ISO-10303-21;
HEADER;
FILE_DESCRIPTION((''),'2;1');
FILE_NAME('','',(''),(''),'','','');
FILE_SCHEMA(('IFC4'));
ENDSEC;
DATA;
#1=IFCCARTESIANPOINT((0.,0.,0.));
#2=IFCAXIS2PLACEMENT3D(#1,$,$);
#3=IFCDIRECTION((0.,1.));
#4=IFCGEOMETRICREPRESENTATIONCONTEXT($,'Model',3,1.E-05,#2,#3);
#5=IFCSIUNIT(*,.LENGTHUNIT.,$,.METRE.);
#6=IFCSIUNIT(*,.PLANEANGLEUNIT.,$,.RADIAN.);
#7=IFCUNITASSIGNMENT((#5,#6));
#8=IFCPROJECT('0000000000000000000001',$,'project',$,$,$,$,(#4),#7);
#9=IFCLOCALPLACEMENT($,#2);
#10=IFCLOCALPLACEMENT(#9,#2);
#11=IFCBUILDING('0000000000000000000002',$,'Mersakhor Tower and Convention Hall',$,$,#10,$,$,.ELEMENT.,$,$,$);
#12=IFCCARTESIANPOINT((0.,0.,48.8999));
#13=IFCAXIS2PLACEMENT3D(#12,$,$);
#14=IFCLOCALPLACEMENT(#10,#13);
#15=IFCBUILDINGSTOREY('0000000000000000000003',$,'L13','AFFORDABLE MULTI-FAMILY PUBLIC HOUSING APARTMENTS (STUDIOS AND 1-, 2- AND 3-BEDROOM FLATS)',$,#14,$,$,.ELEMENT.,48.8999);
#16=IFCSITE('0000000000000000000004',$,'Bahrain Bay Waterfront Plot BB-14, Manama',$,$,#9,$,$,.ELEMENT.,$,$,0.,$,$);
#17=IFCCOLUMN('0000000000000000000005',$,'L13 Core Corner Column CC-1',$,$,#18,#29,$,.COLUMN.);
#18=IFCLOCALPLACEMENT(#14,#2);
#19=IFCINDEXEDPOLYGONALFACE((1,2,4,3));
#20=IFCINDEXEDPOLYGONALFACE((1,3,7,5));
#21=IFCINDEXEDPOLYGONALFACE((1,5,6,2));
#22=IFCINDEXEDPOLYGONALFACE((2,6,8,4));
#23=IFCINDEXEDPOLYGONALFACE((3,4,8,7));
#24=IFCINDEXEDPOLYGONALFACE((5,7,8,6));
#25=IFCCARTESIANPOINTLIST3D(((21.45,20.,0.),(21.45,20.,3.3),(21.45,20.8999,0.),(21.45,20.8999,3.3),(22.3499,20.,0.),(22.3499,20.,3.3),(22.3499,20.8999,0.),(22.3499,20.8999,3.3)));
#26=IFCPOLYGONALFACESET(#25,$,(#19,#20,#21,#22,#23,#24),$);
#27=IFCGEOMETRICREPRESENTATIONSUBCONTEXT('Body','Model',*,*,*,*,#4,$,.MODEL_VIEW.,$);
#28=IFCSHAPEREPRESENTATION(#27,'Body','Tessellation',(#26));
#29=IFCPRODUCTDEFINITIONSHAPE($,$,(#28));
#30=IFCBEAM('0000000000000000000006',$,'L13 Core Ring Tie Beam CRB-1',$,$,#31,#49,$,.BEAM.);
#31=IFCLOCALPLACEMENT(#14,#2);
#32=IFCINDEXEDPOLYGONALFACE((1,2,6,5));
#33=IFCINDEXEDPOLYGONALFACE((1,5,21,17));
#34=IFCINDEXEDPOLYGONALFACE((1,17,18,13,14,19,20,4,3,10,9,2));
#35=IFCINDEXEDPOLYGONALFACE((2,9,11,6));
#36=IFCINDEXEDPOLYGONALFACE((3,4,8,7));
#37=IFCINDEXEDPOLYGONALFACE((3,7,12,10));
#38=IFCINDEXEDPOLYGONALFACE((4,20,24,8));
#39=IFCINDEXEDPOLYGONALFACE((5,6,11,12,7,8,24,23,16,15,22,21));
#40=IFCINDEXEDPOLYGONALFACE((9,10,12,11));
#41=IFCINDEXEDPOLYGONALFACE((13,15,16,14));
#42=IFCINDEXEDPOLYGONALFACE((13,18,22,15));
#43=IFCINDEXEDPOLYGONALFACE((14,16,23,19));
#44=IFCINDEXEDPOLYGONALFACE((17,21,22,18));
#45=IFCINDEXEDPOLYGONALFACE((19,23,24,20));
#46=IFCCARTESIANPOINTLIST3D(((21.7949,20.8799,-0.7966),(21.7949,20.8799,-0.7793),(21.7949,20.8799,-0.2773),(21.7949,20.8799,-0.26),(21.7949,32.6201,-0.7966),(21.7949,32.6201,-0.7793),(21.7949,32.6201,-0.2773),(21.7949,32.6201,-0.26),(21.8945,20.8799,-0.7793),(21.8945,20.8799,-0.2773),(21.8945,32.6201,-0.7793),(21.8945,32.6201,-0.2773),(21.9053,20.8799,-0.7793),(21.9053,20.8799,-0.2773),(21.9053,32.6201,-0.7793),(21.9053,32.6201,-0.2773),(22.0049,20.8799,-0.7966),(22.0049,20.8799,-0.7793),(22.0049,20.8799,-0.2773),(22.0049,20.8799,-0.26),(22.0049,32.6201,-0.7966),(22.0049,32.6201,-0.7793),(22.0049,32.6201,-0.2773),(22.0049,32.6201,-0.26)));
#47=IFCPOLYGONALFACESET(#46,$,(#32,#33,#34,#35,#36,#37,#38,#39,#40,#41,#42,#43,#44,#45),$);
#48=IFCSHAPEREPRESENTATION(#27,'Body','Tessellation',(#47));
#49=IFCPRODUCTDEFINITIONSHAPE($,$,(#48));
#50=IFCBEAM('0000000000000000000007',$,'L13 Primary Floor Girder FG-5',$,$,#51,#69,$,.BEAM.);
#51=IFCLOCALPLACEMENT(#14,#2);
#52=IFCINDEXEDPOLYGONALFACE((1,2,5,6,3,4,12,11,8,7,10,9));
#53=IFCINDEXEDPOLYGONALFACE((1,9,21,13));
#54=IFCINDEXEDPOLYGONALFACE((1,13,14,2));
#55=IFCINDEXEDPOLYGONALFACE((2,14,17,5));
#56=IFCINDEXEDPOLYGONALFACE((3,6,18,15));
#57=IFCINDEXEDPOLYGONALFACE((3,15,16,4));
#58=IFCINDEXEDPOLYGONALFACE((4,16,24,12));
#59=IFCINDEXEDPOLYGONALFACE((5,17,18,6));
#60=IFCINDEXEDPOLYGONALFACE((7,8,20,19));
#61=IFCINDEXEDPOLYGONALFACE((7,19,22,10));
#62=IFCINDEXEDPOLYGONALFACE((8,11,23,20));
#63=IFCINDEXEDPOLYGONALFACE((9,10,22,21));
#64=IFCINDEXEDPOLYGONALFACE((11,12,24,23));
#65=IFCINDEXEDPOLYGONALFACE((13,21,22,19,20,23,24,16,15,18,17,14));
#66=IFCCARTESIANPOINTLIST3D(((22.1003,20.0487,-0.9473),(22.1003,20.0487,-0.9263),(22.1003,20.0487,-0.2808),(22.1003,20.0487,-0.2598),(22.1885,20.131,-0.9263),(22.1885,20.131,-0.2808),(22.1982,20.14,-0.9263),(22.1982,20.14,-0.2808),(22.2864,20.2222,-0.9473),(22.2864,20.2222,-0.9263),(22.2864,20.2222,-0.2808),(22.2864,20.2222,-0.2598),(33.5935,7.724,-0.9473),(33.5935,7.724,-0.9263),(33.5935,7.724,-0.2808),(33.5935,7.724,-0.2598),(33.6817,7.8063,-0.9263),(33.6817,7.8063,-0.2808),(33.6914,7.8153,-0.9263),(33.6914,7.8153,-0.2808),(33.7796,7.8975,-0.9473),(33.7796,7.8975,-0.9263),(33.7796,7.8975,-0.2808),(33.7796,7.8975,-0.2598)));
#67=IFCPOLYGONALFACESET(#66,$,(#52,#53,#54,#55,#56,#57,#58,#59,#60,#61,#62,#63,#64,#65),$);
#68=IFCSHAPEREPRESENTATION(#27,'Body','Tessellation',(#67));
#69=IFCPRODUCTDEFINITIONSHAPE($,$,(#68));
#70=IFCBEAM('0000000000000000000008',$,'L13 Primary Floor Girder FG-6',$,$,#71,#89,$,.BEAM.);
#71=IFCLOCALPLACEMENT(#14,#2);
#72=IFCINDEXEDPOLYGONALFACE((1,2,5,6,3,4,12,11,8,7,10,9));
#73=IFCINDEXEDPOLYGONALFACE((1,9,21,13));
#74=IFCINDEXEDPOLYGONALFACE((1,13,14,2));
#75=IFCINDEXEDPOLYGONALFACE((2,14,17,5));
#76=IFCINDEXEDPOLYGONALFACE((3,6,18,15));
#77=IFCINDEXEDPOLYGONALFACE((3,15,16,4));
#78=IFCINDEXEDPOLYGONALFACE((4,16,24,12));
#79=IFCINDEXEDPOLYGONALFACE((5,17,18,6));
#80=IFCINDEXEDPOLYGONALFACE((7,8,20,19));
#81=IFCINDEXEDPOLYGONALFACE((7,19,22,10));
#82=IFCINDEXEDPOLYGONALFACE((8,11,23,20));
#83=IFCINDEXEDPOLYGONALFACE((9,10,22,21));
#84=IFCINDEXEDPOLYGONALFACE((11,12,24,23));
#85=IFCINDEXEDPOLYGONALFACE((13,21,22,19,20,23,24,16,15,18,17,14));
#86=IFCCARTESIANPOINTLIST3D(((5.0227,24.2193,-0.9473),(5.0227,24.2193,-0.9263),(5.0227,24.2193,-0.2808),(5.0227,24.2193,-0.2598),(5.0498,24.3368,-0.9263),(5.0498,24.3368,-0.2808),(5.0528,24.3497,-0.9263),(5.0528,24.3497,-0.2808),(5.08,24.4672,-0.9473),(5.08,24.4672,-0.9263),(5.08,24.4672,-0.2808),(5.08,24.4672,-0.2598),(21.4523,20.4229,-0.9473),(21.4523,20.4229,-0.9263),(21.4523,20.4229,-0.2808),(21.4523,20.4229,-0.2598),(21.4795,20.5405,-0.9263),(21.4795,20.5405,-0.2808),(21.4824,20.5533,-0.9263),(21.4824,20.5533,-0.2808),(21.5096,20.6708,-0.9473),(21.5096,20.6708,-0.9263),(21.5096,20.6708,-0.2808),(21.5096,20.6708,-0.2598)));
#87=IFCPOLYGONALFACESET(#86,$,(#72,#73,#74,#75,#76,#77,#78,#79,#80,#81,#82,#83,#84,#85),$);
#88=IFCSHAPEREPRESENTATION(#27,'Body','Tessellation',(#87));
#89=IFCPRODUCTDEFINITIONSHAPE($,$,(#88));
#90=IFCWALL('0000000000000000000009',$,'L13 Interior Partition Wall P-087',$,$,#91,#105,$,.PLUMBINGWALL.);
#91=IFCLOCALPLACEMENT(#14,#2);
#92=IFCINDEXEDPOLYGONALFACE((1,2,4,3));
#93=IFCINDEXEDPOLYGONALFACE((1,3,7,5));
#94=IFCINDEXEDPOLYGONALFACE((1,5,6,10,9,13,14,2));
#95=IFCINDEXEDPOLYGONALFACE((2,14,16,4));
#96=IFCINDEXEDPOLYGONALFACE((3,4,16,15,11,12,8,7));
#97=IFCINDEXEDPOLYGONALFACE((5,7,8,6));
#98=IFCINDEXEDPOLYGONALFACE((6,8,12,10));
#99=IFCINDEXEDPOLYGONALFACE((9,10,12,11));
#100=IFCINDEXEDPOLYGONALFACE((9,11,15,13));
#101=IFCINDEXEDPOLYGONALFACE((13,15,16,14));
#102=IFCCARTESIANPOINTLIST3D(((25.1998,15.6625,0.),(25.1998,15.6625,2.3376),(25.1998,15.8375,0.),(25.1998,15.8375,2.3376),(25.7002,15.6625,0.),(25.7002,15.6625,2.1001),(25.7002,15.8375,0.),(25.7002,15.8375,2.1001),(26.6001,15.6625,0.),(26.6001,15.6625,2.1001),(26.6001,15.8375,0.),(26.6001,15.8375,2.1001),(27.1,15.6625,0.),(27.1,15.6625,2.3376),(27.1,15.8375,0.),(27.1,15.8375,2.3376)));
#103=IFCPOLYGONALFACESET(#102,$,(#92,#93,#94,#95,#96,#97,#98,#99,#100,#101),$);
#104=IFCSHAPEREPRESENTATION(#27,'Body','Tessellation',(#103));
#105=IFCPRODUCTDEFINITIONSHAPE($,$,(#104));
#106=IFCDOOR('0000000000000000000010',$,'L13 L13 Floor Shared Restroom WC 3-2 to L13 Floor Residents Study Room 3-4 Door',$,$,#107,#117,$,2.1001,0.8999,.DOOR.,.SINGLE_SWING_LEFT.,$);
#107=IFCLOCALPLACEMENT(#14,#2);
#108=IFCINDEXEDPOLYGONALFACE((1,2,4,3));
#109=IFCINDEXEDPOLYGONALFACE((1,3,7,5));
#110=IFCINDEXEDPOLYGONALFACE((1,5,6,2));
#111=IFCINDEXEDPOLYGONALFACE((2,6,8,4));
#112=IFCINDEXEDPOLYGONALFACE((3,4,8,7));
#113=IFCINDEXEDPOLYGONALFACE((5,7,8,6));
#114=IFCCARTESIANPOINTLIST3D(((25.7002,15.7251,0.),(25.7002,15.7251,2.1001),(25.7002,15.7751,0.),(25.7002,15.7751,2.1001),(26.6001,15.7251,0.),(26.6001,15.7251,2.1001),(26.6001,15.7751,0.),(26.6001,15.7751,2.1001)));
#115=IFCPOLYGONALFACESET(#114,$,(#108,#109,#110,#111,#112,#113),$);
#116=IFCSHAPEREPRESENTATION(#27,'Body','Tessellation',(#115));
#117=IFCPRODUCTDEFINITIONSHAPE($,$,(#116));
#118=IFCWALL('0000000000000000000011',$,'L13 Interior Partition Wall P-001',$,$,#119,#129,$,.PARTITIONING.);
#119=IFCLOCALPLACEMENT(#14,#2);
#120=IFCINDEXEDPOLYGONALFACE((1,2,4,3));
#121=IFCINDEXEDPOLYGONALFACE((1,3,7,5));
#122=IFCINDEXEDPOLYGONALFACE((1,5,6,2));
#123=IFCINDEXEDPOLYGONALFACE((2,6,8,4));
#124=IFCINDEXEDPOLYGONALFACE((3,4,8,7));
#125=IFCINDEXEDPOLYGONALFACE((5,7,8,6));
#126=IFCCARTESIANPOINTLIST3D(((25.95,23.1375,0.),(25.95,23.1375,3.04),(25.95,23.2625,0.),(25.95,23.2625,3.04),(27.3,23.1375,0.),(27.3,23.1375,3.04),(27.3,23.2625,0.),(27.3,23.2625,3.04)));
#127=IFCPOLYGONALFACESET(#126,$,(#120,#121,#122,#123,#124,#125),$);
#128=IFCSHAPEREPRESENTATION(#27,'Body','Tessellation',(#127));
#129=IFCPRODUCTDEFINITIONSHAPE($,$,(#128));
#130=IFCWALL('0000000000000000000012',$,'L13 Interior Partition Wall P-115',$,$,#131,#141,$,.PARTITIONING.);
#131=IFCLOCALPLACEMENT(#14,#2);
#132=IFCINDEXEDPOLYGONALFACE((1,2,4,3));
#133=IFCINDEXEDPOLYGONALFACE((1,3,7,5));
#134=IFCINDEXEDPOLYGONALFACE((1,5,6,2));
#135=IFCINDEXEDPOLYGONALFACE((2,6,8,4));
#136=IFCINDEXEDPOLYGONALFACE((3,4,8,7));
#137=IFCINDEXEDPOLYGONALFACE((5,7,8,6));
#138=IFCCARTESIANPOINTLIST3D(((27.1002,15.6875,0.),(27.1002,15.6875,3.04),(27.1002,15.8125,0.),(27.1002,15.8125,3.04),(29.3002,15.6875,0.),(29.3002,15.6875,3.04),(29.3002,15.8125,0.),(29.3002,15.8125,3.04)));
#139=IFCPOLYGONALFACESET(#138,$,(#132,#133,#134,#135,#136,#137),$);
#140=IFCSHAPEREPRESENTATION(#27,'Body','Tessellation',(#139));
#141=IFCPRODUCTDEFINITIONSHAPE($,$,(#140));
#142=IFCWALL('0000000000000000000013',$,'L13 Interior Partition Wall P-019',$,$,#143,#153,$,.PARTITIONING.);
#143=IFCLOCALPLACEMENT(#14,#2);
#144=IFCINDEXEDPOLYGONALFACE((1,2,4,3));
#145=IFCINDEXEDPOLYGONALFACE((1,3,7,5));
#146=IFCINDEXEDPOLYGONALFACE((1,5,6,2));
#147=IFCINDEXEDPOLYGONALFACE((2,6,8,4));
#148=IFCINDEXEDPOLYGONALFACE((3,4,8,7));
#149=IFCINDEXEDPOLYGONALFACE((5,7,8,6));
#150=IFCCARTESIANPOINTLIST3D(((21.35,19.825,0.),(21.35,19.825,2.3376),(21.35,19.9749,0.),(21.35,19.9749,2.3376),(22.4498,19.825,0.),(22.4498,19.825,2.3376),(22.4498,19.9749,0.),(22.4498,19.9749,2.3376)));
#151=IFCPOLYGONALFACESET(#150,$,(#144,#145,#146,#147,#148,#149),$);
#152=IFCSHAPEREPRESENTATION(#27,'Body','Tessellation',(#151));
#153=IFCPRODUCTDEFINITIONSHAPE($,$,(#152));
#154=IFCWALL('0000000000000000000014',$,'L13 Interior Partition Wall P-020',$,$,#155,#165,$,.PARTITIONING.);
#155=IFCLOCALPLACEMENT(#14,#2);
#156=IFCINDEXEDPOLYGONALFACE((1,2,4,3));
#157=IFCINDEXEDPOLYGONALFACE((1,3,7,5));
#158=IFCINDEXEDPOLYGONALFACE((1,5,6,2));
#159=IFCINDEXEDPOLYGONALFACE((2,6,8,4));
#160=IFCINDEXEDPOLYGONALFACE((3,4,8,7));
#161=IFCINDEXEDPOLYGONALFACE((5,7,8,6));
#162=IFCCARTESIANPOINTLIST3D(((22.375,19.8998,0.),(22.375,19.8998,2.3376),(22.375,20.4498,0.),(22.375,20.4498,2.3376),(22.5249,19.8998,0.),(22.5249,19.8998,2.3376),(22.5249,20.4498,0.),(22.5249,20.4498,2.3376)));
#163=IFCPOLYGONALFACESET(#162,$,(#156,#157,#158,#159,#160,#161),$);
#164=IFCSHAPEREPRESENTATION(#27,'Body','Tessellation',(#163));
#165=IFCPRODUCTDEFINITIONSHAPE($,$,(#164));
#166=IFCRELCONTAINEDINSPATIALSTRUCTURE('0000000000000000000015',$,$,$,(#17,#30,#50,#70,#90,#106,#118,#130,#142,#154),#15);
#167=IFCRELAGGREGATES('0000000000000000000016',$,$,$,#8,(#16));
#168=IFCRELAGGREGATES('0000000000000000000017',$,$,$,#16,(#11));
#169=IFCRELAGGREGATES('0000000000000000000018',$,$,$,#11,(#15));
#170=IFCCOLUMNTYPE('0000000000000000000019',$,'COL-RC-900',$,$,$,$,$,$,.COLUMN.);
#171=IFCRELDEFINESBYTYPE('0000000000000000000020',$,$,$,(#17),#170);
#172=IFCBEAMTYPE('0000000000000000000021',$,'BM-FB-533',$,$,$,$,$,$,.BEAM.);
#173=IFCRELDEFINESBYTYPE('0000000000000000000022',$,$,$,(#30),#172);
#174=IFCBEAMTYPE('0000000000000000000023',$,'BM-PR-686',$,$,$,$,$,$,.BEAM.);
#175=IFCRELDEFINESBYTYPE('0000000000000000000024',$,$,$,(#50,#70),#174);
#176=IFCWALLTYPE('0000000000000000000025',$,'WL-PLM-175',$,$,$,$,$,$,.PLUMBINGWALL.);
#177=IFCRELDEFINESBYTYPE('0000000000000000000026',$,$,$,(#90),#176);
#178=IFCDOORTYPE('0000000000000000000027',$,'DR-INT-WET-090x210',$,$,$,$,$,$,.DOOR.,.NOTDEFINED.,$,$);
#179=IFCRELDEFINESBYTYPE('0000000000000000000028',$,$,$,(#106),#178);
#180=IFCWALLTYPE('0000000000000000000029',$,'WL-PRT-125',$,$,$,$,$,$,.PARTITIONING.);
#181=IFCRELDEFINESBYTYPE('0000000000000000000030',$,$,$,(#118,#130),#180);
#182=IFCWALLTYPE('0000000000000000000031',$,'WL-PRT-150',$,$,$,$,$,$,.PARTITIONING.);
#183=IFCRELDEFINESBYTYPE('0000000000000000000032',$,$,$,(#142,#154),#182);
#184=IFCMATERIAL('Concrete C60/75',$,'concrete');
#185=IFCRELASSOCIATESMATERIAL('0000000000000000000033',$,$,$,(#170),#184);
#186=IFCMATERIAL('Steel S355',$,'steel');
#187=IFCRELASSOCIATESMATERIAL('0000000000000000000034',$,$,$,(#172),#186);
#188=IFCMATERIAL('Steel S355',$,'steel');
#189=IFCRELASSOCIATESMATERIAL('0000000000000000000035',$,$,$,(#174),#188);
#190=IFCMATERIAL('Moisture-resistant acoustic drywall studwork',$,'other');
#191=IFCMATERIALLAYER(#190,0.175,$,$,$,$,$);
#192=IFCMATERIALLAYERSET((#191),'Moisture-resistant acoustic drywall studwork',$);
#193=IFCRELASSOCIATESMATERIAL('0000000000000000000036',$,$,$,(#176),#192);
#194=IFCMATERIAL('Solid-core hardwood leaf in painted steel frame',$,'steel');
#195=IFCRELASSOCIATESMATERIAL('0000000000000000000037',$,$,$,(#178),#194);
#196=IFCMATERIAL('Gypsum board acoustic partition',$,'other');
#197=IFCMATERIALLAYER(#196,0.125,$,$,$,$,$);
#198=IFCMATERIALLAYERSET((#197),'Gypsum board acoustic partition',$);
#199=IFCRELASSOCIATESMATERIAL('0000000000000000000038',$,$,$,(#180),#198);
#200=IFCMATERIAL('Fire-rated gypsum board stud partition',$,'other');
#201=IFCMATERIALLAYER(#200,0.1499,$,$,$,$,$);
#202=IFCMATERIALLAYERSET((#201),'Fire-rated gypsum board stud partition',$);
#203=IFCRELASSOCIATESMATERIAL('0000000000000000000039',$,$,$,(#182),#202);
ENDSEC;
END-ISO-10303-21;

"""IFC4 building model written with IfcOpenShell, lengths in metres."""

from ifc_helpers import new_model, si_unit, direction, frame, frame_2d, origin, origin_2d, place, context, subcontext, project, spatial, rectangle, i_section, extrude, material, layer, layer_set, material_profile, profile_set, type_object, element, fill, save


model = new_model("IFC4")

# Units and contexts
model_context = context("Model", 3, precision=1e-05, world=origin(), true_north=direction((0.0, 1.0)))
body_context = subcontext(model_context, "Body", "Model", "MODEL_VIEW")
ifc_project = project(units=[si_unit("LENGTHUNIT", "METRE"), si_unit("PLANEANGLEUNIT", "RADIAN")], contexts=[model_context])

# Site, building, storey
site_placement = place(None, origin())
site = spatial("IfcSite", under=ifc_project, at=site_placement, Name="Bahrain Bay Waterfront Plot BB-14, Manama", CompositionType="ELEMENT", RefElevation=0.0)
building_placement = place(site_placement, origin())
building = spatial("IfcBuilding", under=site, at=building_placement, Name="Mersakhor Tower and Convention Hall", CompositionType="ELEMENT")
storey_placement = place(building_placement, frame((0.0, 0.0, 48.8999)))
storey = spatial("IfcBuildingStorey", under=building, at=storey_placement, Name="L13", Description="AFFORDABLE MULTI-FAMILY PUBLIC HOUSING APARTMENTS (STUDIOS AND 1-, 2- AND 3-BEDROOM FLATS)", CompositionType="ELEMENT", Elevation=48.8999)

# Column
ifc_material_1 = material(Name="Concrete C60/75", Category="concrete")
ifc_material_profile_1 = material_profile(ifc_material_1, rectangle(XDim=0.8999, YDim=0.8999, at=origin_2d()), Name="RC 900x900")
ifc_profile_set_1 = profile_set([ifc_material_profile_1], Name="Concrete C60/75")
column_type = type_object("IfcColumnType", Name="COL-RC-900", PredefinedType="COLUMN", material=ifc_profile_set_1)
column_placement = place(storey_placement, frame((21.8999, 20.45, 0.0), z_axis=(0.0, 0.0, 1.0), x_axis=(1.0, 0.0, 0.0)))
element("IfcColumn", 1, at=column_placement, inside=storey, type_object=column_type, Name="L13 Core Corner Column CC-1", PredefinedType="COLUMN", context=body_context, shape_type="SweptSolid", body=[
    extrude(rectangle(XDim=0.8999, YDim=0.8999, at=origin_2d()), origin(), (0.0, 0.0, 1.0), 3.3),
])

# Beams
ifc_material_2 = material(Name="Steel S355", Category="steel")
ifc_material_profile_2 = material_profile(ifc_material_2, i_section(OverallWidth=0.21, OverallDepth=0.5366, WebThickness=0.0107, FlangeThickness=0.0173, at=origin_2d()), Name="UB 533x210x101")
ifc_profile_set_2 = profile_set([ifc_material_profile_2], Name="Steel S355")
beam_type_1 = type_object("IfcBeamType", Name="BM-FB-533", PredefinedType="BEAM", material=ifc_profile_set_2)
beam_1_placement = place(storey_placement, frame((21.8999, 20.8799, -0.5283), z_axis=(0.0, 1.0, 0.0), x_axis=(-1.0, 0.0, 0.0)))
element("IfcBeam", 2, at=beam_1_placement, inside=storey, type_object=beam_type_1, Name="L13 Core Ring Tie Beam CRB-1", PredefinedType="BEAM", context=body_context, shape_type="SweptSolid", body=[
    extrude(i_section(OverallWidth=0.21, OverallDepth=0.5366, WebThickness=0.0107, FlangeThickness=0.0173, at=origin_2d()), origin(), (0.0, 0.0, 1.0), 11.7402),
])
ifc_material_3 = material(Name="Steel S355", Category="steel")
ifc_material_profile_3 = material_profile(ifc_material_3, i_section(OverallWidth=0.2544, OverallDepth=0.6875, WebThickness=0.0132, FlangeThickness=0.021, at=origin_2d()), Name="UB 686x254x152")
ifc_profile_set_3 = profile_set([ifc_material_profile_3], Name="Steel S355")
beam_type_2 = type_object("IfcBeamType", Name="BM-PR-686", PredefinedType="BEAM", material=ifc_profile_set_3)
beam_2_placement = place(storey_placement, frame((22.1934, 20.1355, -0.6035), z_axis=(0.682004, -0.731348, 0.0), x_axis=(0.731348, 0.682004, 0.0)))
element("IfcBeam", 3, at=beam_2_placement, inside=storey, type_object=beam_type_2, Name="L13 Primary Floor Girder FG-5", PredefinedType="BEAM", context=body_context, shape_type="SweptSolid", body=[
    extrude(i_section(OverallWidth=0.2544, OverallDepth=0.6875, WebThickness=0.0132, FlangeThickness=0.021, at=origin_2d()), origin(), (0.0, 0.0, 1.0), 16.8521),
])
beam_3_placement = place(storey_placement, frame((21.481, 20.5469, -0.6035), z_axis=(-0.974327, 0.225137, 0.0), x_axis=(-0.225137, -0.974327, 0.0)))
element("IfcBeam", 4, at=beam_3_placement, inside=storey, type_object=beam_type_2, Name="L13 Primary Floor Girder FG-6", PredefinedType="BEAM", context=body_context, shape_type="SweptSolid", body=[
    extrude(i_section(OverallWidth=0.2544, OverallDepth=0.6875, WebThickness=0.0132, FlangeThickness=0.021, at=origin_2d()), origin(), (0.0, 0.0, 1.0), 16.8625),
])

# Wall, opening, door
ifc_material_4 = material(Name="Moisture-resistant acoustic drywall studwork", Category="other")
ifc_layer_1 = layer(ifc_material_4, 0.175)
ifc_layer_set_1 = layer_set([ifc_layer_1], Name="Moisture-resistant acoustic drywall studwork")
wall_type_1 = type_object("IfcWallType", Name="WL-PLM-175", PredefinedType="PLUMBINGWALL", material=ifc_layer_set_1)
wall_1_placement = place(storey_placement, frame((27.1001, 15.75, 0.0), z_axis=(0.0, 0.0, 1.0), x_axis=(-1.0, 0.0, 0.0)))
wall_1 = element("IfcWall", 5, at=wall_1_placement, inside=storey, type_object=wall_type_1, Name="L13 Interior Partition Wall P-087", PredefinedType="PLUMBINGWALL", context=body_context, shape_type="SweptSolid", body=[
    extrude(rectangle(XDim=1.9001, YDim=0.175, at=frame_2d((0.9502, 0.0))), origin(), (0.0, 0.0, 1.0), 2.3376),
])
opening_1_placement = place(wall_1_placement, frame((0.5, 0.0, 0.0)))
opening_1 = element("IfcOpeningElement", 6, at=opening_1_placement, cuts=wall_1, PredefinedType="OPENING", context=body_context, shape_type="SweptSolid", body=[
    extrude(rectangle(XDim=0.8999, YDim=2.1001, at=frame_2d((0.45, 1.05))), frame((0.0, 0.0974, 0.0), z_axis=(0.0, -1.0, 0.0), x_axis=(1.0, 0.0, 0.0)), (0.0, 0.0, 1.0), 0.1951),
])
ifc_material_5 = material(Name="Solid-core hardwood leaf in painted steel frame", Category="steel")
door_type_1 = type_object("IfcDoorType", Name="DR-INT-WET-090x210", OperationType="NOTDEFINED", PredefinedType="DOOR", material=ifc_material_5)
door_1_placement = place(opening_1_placement, origin())
door_1 = element("IfcDoor", 7, at=door_1_placement, inside=storey, type_object=door_type_1, Name="L13 L13 Floor Shared Restroom WC 3-2 to L13 Floor Residents Study Room 3-4 Door", OperationType="SINGLE_SWING_LEFT", OverallHeight=2.1001, OverallWidth=0.8999, PredefinedType="DOOR", context=body_context, shape_type="SweptSolid", body=[
    extrude(rectangle(XDim=0.8999, YDim=2.1001, at=frame_2d((0.45, 1.05))), frame((0.0, 0.0249, 0.0), z_axis=(0.0, -1.0, 0.0), x_axis=(1.0, 0.0, 0.0)), (0.0, 0.0, 1.0), 0.05),
])
fill(opening_1, door_1)

# Walls
ifc_material_6 = material(Name="Gypsum board acoustic partition", Category="other")
ifc_layer_2 = layer(ifc_material_6, 0.125)
ifc_layer_set_2 = layer_set([ifc_layer_2], Name="Gypsum board acoustic partition")
wall_type_2 = type_object("IfcWallType", Name="WL-PRT-125", PredefinedType="PARTITIONING", material=ifc_layer_set_2)
wall_2_placement = place(storey_placement, frame((25.95, 23.2, 0.0), z_axis=(0.0, 0.0, 1.0), x_axis=(1.0, 0.0, 0.0)))
element("IfcWall", 8, at=wall_2_placement, inside=storey, type_object=wall_type_2, Name="L13 Interior Partition Wall P-001", PredefinedType="PARTITIONING", context=body_context, shape_type="SweptSolid", body=[
    extrude(rectangle(XDim=1.3501, YDim=0.125, at=frame_2d((0.675, 0.0))), origin(), (0.0, 0.0, 1.0), 3.04),
])
wall_3_placement = place(storey_placement, frame((27.1001, 15.75, 0.0), z_axis=(0.0, 0.0, 1.0), x_axis=(1.0, 0.0, 0.0)))
element("IfcWall", 9, at=wall_3_placement, inside=storey, type_object=wall_type_2, Name="L13 Interior Partition Wall P-115", PredefinedType="PARTITIONING", context=body_context, shape_type="SweptSolid", body=[
    extrude(rectangle(XDim=2.2, YDim=0.125, at=frame_2d((1.1001, 0.0))), origin(), (0.0, 0.0, 1.0), 3.04),
])
ifc_material_7 = material(Name="Fire-rated gypsum board stud partition", Category="other")
ifc_layer_3 = layer(ifc_material_7, 0.1499)
ifc_layer_set_3 = layer_set([ifc_layer_3], Name="Fire-rated gypsum board stud partition")
wall_type_3 = type_object("IfcWallType", Name="WL-PRT-150", PredefinedType="PARTITIONING", material=ifc_layer_set_3)
wall_4_placement = place(storey_placement, frame((21.3501, 19.8999, 0.0), z_axis=(0.0, 0.0, 1.0), x_axis=(1.0, 0.0, 0.0)))
element("IfcWall", 10, at=wall_4_placement, inside=storey, type_object=wall_type_3, Name="L13 Interior Partition Wall P-019", PredefinedType="PARTITIONING", context=body_context, shape_type="SweptSolid", body=[
    extrude(rectangle(XDim=1.0999, YDim=0.1499, at=frame_2d((0.5498, 0.0))), origin(), (0.0, 0.0, 1.0), 2.3376),
])
wall_5_placement = place(storey_placement, frame((22.45, 19.8999, 0.0), z_axis=(0.0, 0.0, 1.0), x_axis=(0.0, 1.0, 0.0)))
element("IfcWall", 11, at=wall_5_placement, inside=storey, type_object=wall_type_3, Name="L13 Interior Partition Wall P-020", PredefinedType="PARTITIONING", context=body_context, shape_type="SweptSolid", body=[
    extrude(rectangle(XDim=0.55, YDim=0.1499, at=frame_2d((0.2749, 0.0))), origin(), (0.0, 0.0, 1.0), 2.3376),
])

save(model, "model.ifc")
